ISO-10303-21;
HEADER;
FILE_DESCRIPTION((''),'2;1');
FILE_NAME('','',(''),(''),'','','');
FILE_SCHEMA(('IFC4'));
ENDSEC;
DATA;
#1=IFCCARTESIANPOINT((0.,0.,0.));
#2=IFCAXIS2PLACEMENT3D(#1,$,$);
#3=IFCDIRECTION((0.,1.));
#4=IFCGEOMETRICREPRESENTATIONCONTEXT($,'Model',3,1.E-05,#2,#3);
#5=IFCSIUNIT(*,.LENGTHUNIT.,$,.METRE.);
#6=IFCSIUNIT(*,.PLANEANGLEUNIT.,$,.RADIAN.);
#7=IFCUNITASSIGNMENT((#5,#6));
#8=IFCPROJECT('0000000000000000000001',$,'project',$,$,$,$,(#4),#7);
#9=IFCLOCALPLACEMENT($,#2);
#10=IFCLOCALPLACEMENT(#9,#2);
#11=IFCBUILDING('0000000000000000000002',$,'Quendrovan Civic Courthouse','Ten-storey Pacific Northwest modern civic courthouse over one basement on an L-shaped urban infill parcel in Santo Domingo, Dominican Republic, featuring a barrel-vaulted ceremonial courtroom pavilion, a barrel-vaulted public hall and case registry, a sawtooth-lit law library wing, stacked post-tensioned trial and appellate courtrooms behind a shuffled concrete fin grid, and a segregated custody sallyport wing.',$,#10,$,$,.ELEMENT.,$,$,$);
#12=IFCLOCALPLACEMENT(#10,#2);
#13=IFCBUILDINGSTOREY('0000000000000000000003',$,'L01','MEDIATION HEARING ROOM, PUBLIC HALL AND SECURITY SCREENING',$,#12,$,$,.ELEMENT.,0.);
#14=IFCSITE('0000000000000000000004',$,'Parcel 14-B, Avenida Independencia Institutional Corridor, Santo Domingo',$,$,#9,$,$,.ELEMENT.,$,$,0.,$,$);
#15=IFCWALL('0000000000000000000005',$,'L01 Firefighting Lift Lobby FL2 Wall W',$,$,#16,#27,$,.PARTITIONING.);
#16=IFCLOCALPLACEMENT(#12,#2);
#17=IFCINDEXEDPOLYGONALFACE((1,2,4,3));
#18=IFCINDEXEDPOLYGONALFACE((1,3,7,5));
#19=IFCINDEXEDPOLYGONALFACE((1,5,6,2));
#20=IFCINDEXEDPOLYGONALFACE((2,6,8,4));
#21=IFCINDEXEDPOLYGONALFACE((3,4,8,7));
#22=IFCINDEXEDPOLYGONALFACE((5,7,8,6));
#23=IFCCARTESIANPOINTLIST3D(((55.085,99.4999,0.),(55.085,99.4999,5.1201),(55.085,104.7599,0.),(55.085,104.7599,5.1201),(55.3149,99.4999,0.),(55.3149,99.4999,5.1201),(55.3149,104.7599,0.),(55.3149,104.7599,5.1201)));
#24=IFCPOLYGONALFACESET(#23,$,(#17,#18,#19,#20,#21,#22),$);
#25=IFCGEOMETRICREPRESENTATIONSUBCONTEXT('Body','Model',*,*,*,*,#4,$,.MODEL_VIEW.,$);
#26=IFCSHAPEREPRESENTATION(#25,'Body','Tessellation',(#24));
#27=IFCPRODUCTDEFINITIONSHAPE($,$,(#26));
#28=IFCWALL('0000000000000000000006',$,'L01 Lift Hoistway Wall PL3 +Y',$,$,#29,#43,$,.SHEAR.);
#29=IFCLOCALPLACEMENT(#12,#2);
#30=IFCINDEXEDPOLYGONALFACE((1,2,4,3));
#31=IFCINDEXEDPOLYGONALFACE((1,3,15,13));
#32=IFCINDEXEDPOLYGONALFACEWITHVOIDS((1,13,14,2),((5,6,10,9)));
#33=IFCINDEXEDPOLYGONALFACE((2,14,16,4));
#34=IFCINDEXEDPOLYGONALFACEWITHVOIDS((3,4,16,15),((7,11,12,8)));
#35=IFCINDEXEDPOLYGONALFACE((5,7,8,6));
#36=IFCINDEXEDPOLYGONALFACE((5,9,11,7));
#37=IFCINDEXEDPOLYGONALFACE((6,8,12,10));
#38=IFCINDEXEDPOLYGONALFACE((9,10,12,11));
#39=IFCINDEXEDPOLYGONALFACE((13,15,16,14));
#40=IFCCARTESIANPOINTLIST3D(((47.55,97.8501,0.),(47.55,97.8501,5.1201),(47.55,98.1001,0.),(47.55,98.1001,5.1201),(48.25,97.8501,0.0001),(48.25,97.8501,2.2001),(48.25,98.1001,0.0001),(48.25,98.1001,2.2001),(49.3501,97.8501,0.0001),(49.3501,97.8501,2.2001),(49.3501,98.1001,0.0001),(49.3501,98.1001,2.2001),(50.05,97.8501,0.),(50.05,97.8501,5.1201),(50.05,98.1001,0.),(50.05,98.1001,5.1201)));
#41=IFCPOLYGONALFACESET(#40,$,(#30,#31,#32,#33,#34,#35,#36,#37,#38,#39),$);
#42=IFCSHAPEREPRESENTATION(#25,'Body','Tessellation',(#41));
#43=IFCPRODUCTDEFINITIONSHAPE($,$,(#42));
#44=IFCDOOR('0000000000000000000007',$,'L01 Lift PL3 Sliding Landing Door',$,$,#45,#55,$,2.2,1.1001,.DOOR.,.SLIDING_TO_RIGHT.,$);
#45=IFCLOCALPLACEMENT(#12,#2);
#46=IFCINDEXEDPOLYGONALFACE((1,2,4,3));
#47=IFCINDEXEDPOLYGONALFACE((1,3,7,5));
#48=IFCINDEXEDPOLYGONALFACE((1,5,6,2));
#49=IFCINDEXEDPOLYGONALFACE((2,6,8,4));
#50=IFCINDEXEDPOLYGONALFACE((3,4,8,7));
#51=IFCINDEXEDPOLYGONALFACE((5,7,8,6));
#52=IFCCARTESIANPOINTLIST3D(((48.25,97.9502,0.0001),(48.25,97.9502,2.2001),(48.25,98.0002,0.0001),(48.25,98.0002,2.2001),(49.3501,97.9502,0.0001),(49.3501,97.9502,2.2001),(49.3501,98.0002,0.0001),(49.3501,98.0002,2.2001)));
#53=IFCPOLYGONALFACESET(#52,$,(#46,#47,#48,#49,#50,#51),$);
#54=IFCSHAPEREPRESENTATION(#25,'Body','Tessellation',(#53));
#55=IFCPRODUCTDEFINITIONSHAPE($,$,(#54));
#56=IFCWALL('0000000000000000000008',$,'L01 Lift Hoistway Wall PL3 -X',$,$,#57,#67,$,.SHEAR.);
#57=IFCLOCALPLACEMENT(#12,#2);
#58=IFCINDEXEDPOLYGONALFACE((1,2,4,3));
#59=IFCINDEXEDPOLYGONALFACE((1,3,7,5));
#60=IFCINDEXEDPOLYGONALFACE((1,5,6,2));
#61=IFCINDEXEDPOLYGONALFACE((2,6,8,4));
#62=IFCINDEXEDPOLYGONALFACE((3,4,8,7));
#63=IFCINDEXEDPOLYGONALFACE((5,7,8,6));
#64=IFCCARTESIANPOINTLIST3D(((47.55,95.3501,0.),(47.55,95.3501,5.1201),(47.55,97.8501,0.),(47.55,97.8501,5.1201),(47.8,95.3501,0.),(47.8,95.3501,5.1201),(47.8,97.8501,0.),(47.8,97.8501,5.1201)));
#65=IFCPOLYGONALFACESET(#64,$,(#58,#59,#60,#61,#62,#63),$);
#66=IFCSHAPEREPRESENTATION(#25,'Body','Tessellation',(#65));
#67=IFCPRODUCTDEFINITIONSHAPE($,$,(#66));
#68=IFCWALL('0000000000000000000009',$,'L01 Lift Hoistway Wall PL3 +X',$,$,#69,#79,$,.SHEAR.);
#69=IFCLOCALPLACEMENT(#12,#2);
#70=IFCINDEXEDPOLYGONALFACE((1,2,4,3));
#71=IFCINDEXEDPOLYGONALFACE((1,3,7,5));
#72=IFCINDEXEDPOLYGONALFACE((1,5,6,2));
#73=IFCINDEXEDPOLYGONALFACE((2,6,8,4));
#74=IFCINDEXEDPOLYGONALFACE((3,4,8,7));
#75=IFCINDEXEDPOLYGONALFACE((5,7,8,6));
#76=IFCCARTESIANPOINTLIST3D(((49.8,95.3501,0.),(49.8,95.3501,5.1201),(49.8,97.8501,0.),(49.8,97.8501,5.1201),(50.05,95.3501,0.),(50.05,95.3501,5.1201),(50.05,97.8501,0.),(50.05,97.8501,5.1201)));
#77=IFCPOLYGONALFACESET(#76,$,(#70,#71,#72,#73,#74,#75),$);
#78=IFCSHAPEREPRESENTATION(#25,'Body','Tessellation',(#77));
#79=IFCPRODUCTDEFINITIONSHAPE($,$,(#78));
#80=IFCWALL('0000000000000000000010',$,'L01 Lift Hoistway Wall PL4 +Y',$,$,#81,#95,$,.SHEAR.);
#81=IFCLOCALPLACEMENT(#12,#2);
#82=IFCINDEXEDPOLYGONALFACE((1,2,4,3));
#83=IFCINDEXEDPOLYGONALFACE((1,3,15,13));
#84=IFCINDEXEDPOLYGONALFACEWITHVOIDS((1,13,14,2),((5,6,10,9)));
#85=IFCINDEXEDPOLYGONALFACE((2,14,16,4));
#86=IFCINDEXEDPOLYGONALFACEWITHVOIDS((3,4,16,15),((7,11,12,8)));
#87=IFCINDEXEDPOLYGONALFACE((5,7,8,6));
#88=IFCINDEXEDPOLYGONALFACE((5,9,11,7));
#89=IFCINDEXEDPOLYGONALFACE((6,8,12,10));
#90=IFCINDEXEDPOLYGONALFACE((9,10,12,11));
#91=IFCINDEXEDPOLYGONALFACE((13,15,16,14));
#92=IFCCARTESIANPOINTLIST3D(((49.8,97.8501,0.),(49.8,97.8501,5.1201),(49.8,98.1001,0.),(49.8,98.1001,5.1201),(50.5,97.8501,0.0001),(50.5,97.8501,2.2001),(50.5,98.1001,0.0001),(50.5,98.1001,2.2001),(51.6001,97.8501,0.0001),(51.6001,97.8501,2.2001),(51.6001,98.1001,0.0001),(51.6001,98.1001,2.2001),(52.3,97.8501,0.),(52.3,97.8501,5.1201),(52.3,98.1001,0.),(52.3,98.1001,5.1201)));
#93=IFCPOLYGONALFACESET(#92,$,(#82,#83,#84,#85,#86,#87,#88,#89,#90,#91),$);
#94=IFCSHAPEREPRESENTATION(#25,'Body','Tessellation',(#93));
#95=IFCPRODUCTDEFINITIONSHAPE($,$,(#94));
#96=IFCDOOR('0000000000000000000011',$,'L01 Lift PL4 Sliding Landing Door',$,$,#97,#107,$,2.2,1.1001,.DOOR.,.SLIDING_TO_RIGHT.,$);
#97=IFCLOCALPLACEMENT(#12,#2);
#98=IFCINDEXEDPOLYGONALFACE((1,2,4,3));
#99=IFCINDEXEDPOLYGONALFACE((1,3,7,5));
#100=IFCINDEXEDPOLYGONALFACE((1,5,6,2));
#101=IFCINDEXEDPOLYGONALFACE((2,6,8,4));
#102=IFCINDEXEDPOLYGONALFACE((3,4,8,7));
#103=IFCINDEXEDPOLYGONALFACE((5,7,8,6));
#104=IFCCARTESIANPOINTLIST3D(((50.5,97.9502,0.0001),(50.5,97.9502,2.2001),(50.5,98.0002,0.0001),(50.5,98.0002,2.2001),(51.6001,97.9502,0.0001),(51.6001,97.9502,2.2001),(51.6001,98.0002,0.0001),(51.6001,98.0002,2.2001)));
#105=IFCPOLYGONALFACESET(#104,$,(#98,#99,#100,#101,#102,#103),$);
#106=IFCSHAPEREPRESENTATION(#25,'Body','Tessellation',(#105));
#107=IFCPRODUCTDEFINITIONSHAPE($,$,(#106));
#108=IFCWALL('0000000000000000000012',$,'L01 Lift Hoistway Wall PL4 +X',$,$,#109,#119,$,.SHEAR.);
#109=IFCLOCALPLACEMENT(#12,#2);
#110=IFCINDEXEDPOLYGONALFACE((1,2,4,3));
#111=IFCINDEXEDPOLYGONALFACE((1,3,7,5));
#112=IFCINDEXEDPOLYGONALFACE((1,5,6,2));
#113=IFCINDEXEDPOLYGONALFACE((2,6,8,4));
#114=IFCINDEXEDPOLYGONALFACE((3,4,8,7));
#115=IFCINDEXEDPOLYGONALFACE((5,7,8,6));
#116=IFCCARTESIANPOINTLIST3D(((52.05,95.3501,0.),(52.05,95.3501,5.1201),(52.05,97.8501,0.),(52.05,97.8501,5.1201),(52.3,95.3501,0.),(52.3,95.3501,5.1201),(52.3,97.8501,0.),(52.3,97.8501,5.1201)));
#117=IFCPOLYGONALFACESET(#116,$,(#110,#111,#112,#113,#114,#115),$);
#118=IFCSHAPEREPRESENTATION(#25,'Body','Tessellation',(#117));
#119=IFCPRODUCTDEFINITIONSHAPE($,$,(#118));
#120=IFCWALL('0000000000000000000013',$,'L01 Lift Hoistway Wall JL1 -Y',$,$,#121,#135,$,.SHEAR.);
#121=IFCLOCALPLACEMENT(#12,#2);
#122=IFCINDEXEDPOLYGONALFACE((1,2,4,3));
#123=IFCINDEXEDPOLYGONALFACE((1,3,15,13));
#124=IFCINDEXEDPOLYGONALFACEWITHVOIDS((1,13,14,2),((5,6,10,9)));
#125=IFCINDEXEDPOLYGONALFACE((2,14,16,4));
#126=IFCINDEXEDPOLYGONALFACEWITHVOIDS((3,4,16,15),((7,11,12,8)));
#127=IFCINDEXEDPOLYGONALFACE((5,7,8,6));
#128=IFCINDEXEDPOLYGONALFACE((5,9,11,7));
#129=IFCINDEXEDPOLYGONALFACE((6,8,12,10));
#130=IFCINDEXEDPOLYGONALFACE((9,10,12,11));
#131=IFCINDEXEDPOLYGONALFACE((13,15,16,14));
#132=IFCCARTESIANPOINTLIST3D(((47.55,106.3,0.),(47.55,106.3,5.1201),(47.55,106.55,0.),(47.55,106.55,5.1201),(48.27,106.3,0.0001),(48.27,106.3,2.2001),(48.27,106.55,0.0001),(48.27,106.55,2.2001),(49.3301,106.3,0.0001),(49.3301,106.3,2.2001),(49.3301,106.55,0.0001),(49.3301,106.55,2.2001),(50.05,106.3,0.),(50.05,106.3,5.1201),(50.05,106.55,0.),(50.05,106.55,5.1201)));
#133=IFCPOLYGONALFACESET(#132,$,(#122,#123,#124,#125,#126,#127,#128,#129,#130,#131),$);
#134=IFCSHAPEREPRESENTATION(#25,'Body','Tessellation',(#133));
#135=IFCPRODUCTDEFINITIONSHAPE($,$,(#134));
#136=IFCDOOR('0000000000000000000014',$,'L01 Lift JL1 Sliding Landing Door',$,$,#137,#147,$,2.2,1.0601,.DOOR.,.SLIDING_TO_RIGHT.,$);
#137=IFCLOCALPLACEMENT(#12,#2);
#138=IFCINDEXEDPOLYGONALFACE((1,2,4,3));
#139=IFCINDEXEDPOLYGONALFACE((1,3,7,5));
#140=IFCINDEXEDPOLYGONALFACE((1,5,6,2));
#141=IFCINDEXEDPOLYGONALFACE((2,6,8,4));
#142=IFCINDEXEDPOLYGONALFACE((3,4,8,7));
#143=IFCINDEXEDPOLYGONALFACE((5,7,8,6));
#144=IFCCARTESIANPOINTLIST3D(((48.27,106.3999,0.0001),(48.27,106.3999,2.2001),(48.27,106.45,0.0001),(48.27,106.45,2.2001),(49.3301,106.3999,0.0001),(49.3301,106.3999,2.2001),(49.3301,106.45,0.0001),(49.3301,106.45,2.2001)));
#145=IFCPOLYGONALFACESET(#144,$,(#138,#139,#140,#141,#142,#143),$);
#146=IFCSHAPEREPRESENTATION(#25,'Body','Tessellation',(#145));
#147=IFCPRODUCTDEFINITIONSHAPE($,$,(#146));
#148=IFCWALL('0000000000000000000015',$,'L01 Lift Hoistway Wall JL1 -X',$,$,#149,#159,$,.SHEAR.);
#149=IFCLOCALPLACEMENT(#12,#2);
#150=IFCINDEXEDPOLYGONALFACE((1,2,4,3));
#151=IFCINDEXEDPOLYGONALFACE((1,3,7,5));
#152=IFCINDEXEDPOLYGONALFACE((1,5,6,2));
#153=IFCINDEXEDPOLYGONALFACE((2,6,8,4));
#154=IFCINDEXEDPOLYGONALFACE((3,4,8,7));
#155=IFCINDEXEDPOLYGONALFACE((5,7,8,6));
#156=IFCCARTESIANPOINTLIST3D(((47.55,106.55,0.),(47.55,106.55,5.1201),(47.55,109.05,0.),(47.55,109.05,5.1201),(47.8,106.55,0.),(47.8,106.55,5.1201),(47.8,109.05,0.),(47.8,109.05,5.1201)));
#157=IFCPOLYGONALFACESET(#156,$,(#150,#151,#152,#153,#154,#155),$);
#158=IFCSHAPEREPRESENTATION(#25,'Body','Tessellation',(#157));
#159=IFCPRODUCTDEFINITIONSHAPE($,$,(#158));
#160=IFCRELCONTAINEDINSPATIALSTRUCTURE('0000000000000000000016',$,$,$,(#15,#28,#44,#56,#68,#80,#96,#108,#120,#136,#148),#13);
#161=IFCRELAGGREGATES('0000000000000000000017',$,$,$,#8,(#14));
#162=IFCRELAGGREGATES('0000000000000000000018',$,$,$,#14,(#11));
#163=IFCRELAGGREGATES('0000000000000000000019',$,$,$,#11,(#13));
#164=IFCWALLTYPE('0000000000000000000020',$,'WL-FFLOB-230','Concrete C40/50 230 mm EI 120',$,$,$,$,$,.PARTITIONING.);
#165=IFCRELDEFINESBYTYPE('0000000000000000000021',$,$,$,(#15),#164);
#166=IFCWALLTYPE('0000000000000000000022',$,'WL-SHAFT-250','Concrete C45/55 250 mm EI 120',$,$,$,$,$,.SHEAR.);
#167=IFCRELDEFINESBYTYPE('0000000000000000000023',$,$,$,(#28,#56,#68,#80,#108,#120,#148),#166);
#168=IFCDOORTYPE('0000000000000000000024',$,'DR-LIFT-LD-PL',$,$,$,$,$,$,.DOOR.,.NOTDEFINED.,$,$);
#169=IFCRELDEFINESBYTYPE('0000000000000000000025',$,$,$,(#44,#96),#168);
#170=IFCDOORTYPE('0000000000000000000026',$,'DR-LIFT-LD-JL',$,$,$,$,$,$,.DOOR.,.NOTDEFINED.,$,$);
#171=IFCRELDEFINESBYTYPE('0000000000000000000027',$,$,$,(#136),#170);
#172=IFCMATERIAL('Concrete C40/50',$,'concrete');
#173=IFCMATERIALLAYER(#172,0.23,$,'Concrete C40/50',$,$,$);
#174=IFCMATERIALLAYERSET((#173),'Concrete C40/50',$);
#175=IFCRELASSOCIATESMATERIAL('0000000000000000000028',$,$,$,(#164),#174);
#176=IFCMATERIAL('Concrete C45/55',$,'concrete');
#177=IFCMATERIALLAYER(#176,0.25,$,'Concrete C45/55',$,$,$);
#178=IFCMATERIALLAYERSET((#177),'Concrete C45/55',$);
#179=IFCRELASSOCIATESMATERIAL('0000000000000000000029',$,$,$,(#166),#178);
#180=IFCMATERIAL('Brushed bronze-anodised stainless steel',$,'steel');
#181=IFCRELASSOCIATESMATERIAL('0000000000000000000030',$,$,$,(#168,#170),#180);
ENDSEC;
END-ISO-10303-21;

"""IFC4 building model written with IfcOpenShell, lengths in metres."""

from ifc_helpers import new_model, si_unit, direction, frame, frame_2d, origin, place, context, subcontext, project, spatial, rectangle, extrude, material, layer, layer_set, type_object, element, fill, save


model = new_model("IFC4")

# Units and contexts
model_context = context("Model", 3, precision=1e-05, world=origin(), true_north=direction((0.0, 1.0)))
body_context = subcontext(model_context, "Body", "Model", "MODEL_VIEW")
ifc_project = project(units=[si_unit("LENGTHUNIT", "METRE"), si_unit("PLANEANGLEUNIT", "RADIAN")], contexts=[model_context])

# Site, building, storey
site_placement = place(None, origin())
site = spatial("IfcSite", under=ifc_project, at=site_placement, Name="Parcel 14-B, Avenida Independencia Institutional Corridor, Santo Domingo", CompositionType="ELEMENT", RefElevation=0.0)
building_placement = place(site_placement, origin())
building = spatial("IfcBuilding", under=site, at=building_placement, Name="Quendrovan Civic Courthouse", Description="Ten-storey Pacific Northwest modern civic courthouse over one basement on an L-shaped urban infill parcel in Santo Domingo, Dominican Republic, featuring a barrel-vaulted ceremonial courtroom pavilion, a barrel-vaulted public hall and case registry, a sawtooth-lit law library wing, stacked post-tensioned trial and appellate courtrooms behind a shuffled concrete fin grid, and a segregated custody sallyport wing.", CompositionType="ELEMENT")
storey_placement = place(building_placement, origin())
storey = spatial("IfcBuildingStorey", under=building, at=storey_placement, Name="L01", Description="MEDIATION HEARING ROOM, PUBLIC HALL AND SECURITY SCREENING", CompositionType="ELEMENT", Elevation=0.0)

# Shared definitions
ifc_material_1 = material(Name="Concrete C45/55", Category="concrete")

# Shared definitions
ifc_material_2 = material(Name="Concrete C40/50", Category="concrete")

# Shared definitions
ifc_layer_1 = layer(ifc_material_2, 0.23, Name="Concrete C40/50")
ifc_layer_set_1 = layer_set([ifc_layer_1], Name="Concrete C40/50")
wall_type_1 = type_object("IfcWallType", Name="WL-FFLOB-230", Description="Concrete C40/50 230 mm EI 120", PredefinedType="PARTITIONING", material=ifc_layer_set_1)

# Wall
wall_1_placement = place(storey_placement, frame((55.2, 99.5, 0.0), z_axis=(0.0, 0.0, 1.0), x_axis=(0.0, 1.0, 0.0)))
element("IfcWall", 1, at=wall_1_placement, inside=storey, type_object=wall_type_1, Name="L01 Firefighting Lift Lobby FL2 Wall W", PredefinedType="PARTITIONING", context=body_context, shape_type="SweptSolid", body=[
    extrude(rectangle(XDim=5.26, YDim=0.23, at=frame_2d((2.6299, 0.0))), origin(), (0.0, 0.0, 1.0), 5.1201),
])

# Wall, opening, door
ifc_layer_2 = layer(ifc_material_1, 0.25, Name="Concrete C45/55")
ifc_layer_set_2 = layer_set([ifc_layer_2], Name="Concrete C45/55")
wall_type_2 = type_object("IfcWallType", Name="WL-SHAFT-250", Description="Concrete C45/55 250 mm EI 120", PredefinedType="SHEAR", material=ifc_layer_set_2)
wall_2_placement = place(storey_placement, frame((50.05, 97.9751, 0.0), z_axis=(0.0, 0.0, 1.0), x_axis=(-1.0, 0.0, 0.0)))
wall_2 = element("IfcWall", 2, at=wall_2_placement, inside=storey, type_object=wall_type_2, Name="L01 Lift Hoistway Wall PL3 +Y", PredefinedType="SHEAR", context=body_context, shape_type="SweptSolid", body=[
    extrude(rectangle(XDim=2.5, YDim=0.25, at=frame_2d((1.25, 0.0))), origin(), (0.0, 0.0, 1.0), 5.1201),
])
opening_1_placement = place(wall_2_placement, frame((0.7, 0.0, 0.0)))
opening_1 = element("IfcOpeningElement", 3, at=opening_1_placement, cuts=wall_2, PredefinedType="OPENING", context=body_context, shape_type="SweptSolid", body=[
    extrude(rectangle(XDim=1.1001, YDim=2.2, at=frame_2d((0.55, 1.1001))), frame((0.0, 0.135, 0.0), z_axis=(0.0, -1.0, 0.0), x_axis=(1.0, 0.0, 0.0)), (0.0, 0.0, 1.0), 0.27),
])
ifc_material_3 = material(Name="Brushed bronze-anodised stainless steel", Category="steel")
door_type_1 = type_object("IfcDoorType", Name="DR-LIFT-LD-PL", OperationType="NOTDEFINED", PredefinedType="DOOR", material=ifc_material_3)
door_1_placement = place(opening_1_placement, origin())
door_1 = element("IfcDoor", 4, at=door_1_placement, inside=storey, type_object=door_type_1, Name="L01 Lift PL3 Sliding Landing Door", OperationType="SLIDING_TO_RIGHT", OverallHeight=2.2, OverallWidth=1.1001, PredefinedType="DOOR", context=body_context, shape_type="SweptSolid", body=[
    extrude(rectangle(XDim=1.1001, YDim=2.2, at=frame_2d((0.55, 1.1001))), frame((0.0, 0.0249, 0.0), z_axis=(0.0, -1.0, 0.0), x_axis=(1.0, 0.0, 0.0)), (0.0, 0.0, 1.0), 0.05),
])
fill(opening_1, door_1)

# Walls
for number, where, z_axis, x_axis, name in (
    (5, (47.675, 95.3501, 0.0), (0.0, 0.0, 1.0), (0.0, 1.0, 0.0), "L01 Lift Hoistway Wall PL3 -X"),
    (6, (49.925, 97.8501, 0.0), (0.0, 0.0, 1.0), (0.0, -1.0, 0.0), "L01 Lift Hoistway Wall PL3 +X"),
):
    element("IfcWall", number, at=place(storey_placement, frame(where, z_axis=z_axis, x_axis=x_axis)), inside=storey, type_object=wall_type_2, Name=name, PredefinedType="SHEAR", context=body_context, shape_type="SweptSolid", body=[
        extrude(rectangle(XDim=2.5, YDim=0.25, at=frame_2d((1.25, 0.0))), origin(), (0.0, 0.0, 1.0), 5.1201),
    ])

# Wall, opening, door
wall_3_placement = place(storey_placement, frame((52.3, 97.9751, 0.0), z_axis=(0.0, 0.0, 1.0), x_axis=(-1.0, 0.0, 0.0)))
wall_3 = element("IfcWall", 7, at=wall_3_placement, inside=storey, type_object=wall_type_2, Name="L01 Lift Hoistway Wall PL4 +Y", PredefinedType="SHEAR", context=body_context, shape_type="SweptSolid", body=[
    extrude(rectangle(XDim=2.5, YDim=0.25, at=frame_2d((1.25, 0.0))), origin(), (0.0, 0.0, 1.0), 5.1201),
])
opening_2_placement = place(wall_3_placement, frame((0.7, 0.0, 0.0)))
opening_2 = element("IfcOpeningElement", 8, at=opening_2_placement, cuts=wall_3, PredefinedType="OPENING", context=body_context, shape_type="SweptSolid", body=[
    extrude(rectangle(XDim=1.1001, YDim=2.2, at=frame_2d((0.55, 1.1001))), frame((0.0, 0.135, 0.0), z_axis=(0.0, -1.0, 0.0), x_axis=(1.0, 0.0, 0.0)), (0.0, 0.0, 1.0), 0.27),
])
door_2_placement = place(opening_2_placement, origin())
door_2 = element("IfcDoor", 9, at=door_2_placement, inside=storey, type_object=door_type_1, Name="L01 Lift PL4 Sliding Landing Door", OperationType="SLIDING_TO_RIGHT", OverallHeight=2.2, OverallWidth=1.1001, PredefinedType="DOOR", context=body_context, shape_type="SweptSolid", body=[
    extrude(rectangle(XDim=1.1001, YDim=2.2, at=frame_2d((0.55, 1.1001))), frame((0.0, 0.0249, 0.0), z_axis=(0.0, -1.0, 0.0), x_axis=(1.0, 0.0, 0.0)), (0.0, 0.0, 1.0), 0.05),
])
fill(opening_2, door_2)

# Wall
wall_4_placement = place(storey_placement, frame((52.175, 97.8501, 0.0), z_axis=(0.0, 0.0, 1.0), x_axis=(0.0, -1.0, 0.0)))
element("IfcWall", 10, at=wall_4_placement, inside=storey, type_object=wall_type_2, Name="L01 Lift Hoistway Wall PL4 +X", PredefinedType="SHEAR", context=body_context, shape_type="SweptSolid", body=[
    extrude(rectangle(XDim=2.5, YDim=0.25, at=frame_2d((1.25, 0.0))), origin(), (0.0, 0.0, 1.0), 5.1201),
])

# Wall, opening, door
wall_5_placement = place(storey_placement, frame((47.55, 106.425, 0.0), z_axis=(0.0, 0.0, 1.0), x_axis=(1.0, 0.0, 0.0)))
wall_5 = element("IfcWall", 11, at=wall_5_placement, inside=storey, type_object=wall_type_2, Name="L01 Lift Hoistway Wall JL1 -Y", PredefinedType="SHEAR", context=body_context, shape_type="SweptSolid", body=[
    extrude(rectangle(XDim=2.5, YDim=0.25, at=frame_2d((1.25, 0.0))), origin(), (0.0, 0.0, 1.0), 5.1201),
])
opening_3_placement = place(wall_5_placement, frame((0.72, 0.0, 0.0)))
opening_3 = element("IfcOpeningElement", 12, at=opening_3_placement, cuts=wall_5, PredefinedType="OPENING", context=body_context, shape_type="SweptSolid", body=[
    extrude(rectangle(XDim=1.0601, YDim=2.2, at=frame_2d((0.53, 1.1001))), frame((0.0, 0.135, 0.0), z_axis=(0.0, -1.0, 0.0), x_axis=(1.0, 0.0, 0.0)), (0.0, 0.0, 1.0), 0.27),
])
door_type_2 = type_object("IfcDoorType", Name="DR-LIFT-LD-JL", OperationType="NOTDEFINED", PredefinedType="DOOR", material=ifc_material_3)
door_3_placement = place(opening_3_placement, origin())
door_3 = element("IfcDoor", 13, at=door_3_placement, inside=storey, type_object=door_type_2, Name="L01 Lift JL1 Sliding Landing Door", OperationType="SLIDING_TO_RIGHT", OverallHeight=2.2, OverallWidth=1.0601, PredefinedType="DOOR", context=body_context, shape_type="SweptSolid", body=[
    extrude(rectangle(XDim=1.0601, YDim=2.2, at=frame_2d((0.53, 1.1001))), frame((0.0, 0.0249, 0.0), z_axis=(0.0, -1.0, 0.0), x_axis=(1.0, 0.0, 0.0)), (0.0, 0.0, 1.0), 0.05),
])
fill(opening_3, door_3)

# Wall
wall_6_placement = place(storey_placement, frame((47.675, 106.55, 0.0), z_axis=(0.0, 0.0, 1.0), x_axis=(0.0, 1.0, 0.0)))
element("IfcWall", 14, at=wall_6_placement, inside=storey, type_object=wall_type_2, Name="L01 Lift Hoistway Wall JL1 -X", PredefinedType="SHEAR", context=body_context, shape_type="SweptSolid", body=[
    extrude(rectangle(XDim=2.5, YDim=0.25, at=frame_2d((1.25, 0.0))), origin(), (0.0, 0.0, 1.0), 5.1201),
])

save(model, "model.ifc")
